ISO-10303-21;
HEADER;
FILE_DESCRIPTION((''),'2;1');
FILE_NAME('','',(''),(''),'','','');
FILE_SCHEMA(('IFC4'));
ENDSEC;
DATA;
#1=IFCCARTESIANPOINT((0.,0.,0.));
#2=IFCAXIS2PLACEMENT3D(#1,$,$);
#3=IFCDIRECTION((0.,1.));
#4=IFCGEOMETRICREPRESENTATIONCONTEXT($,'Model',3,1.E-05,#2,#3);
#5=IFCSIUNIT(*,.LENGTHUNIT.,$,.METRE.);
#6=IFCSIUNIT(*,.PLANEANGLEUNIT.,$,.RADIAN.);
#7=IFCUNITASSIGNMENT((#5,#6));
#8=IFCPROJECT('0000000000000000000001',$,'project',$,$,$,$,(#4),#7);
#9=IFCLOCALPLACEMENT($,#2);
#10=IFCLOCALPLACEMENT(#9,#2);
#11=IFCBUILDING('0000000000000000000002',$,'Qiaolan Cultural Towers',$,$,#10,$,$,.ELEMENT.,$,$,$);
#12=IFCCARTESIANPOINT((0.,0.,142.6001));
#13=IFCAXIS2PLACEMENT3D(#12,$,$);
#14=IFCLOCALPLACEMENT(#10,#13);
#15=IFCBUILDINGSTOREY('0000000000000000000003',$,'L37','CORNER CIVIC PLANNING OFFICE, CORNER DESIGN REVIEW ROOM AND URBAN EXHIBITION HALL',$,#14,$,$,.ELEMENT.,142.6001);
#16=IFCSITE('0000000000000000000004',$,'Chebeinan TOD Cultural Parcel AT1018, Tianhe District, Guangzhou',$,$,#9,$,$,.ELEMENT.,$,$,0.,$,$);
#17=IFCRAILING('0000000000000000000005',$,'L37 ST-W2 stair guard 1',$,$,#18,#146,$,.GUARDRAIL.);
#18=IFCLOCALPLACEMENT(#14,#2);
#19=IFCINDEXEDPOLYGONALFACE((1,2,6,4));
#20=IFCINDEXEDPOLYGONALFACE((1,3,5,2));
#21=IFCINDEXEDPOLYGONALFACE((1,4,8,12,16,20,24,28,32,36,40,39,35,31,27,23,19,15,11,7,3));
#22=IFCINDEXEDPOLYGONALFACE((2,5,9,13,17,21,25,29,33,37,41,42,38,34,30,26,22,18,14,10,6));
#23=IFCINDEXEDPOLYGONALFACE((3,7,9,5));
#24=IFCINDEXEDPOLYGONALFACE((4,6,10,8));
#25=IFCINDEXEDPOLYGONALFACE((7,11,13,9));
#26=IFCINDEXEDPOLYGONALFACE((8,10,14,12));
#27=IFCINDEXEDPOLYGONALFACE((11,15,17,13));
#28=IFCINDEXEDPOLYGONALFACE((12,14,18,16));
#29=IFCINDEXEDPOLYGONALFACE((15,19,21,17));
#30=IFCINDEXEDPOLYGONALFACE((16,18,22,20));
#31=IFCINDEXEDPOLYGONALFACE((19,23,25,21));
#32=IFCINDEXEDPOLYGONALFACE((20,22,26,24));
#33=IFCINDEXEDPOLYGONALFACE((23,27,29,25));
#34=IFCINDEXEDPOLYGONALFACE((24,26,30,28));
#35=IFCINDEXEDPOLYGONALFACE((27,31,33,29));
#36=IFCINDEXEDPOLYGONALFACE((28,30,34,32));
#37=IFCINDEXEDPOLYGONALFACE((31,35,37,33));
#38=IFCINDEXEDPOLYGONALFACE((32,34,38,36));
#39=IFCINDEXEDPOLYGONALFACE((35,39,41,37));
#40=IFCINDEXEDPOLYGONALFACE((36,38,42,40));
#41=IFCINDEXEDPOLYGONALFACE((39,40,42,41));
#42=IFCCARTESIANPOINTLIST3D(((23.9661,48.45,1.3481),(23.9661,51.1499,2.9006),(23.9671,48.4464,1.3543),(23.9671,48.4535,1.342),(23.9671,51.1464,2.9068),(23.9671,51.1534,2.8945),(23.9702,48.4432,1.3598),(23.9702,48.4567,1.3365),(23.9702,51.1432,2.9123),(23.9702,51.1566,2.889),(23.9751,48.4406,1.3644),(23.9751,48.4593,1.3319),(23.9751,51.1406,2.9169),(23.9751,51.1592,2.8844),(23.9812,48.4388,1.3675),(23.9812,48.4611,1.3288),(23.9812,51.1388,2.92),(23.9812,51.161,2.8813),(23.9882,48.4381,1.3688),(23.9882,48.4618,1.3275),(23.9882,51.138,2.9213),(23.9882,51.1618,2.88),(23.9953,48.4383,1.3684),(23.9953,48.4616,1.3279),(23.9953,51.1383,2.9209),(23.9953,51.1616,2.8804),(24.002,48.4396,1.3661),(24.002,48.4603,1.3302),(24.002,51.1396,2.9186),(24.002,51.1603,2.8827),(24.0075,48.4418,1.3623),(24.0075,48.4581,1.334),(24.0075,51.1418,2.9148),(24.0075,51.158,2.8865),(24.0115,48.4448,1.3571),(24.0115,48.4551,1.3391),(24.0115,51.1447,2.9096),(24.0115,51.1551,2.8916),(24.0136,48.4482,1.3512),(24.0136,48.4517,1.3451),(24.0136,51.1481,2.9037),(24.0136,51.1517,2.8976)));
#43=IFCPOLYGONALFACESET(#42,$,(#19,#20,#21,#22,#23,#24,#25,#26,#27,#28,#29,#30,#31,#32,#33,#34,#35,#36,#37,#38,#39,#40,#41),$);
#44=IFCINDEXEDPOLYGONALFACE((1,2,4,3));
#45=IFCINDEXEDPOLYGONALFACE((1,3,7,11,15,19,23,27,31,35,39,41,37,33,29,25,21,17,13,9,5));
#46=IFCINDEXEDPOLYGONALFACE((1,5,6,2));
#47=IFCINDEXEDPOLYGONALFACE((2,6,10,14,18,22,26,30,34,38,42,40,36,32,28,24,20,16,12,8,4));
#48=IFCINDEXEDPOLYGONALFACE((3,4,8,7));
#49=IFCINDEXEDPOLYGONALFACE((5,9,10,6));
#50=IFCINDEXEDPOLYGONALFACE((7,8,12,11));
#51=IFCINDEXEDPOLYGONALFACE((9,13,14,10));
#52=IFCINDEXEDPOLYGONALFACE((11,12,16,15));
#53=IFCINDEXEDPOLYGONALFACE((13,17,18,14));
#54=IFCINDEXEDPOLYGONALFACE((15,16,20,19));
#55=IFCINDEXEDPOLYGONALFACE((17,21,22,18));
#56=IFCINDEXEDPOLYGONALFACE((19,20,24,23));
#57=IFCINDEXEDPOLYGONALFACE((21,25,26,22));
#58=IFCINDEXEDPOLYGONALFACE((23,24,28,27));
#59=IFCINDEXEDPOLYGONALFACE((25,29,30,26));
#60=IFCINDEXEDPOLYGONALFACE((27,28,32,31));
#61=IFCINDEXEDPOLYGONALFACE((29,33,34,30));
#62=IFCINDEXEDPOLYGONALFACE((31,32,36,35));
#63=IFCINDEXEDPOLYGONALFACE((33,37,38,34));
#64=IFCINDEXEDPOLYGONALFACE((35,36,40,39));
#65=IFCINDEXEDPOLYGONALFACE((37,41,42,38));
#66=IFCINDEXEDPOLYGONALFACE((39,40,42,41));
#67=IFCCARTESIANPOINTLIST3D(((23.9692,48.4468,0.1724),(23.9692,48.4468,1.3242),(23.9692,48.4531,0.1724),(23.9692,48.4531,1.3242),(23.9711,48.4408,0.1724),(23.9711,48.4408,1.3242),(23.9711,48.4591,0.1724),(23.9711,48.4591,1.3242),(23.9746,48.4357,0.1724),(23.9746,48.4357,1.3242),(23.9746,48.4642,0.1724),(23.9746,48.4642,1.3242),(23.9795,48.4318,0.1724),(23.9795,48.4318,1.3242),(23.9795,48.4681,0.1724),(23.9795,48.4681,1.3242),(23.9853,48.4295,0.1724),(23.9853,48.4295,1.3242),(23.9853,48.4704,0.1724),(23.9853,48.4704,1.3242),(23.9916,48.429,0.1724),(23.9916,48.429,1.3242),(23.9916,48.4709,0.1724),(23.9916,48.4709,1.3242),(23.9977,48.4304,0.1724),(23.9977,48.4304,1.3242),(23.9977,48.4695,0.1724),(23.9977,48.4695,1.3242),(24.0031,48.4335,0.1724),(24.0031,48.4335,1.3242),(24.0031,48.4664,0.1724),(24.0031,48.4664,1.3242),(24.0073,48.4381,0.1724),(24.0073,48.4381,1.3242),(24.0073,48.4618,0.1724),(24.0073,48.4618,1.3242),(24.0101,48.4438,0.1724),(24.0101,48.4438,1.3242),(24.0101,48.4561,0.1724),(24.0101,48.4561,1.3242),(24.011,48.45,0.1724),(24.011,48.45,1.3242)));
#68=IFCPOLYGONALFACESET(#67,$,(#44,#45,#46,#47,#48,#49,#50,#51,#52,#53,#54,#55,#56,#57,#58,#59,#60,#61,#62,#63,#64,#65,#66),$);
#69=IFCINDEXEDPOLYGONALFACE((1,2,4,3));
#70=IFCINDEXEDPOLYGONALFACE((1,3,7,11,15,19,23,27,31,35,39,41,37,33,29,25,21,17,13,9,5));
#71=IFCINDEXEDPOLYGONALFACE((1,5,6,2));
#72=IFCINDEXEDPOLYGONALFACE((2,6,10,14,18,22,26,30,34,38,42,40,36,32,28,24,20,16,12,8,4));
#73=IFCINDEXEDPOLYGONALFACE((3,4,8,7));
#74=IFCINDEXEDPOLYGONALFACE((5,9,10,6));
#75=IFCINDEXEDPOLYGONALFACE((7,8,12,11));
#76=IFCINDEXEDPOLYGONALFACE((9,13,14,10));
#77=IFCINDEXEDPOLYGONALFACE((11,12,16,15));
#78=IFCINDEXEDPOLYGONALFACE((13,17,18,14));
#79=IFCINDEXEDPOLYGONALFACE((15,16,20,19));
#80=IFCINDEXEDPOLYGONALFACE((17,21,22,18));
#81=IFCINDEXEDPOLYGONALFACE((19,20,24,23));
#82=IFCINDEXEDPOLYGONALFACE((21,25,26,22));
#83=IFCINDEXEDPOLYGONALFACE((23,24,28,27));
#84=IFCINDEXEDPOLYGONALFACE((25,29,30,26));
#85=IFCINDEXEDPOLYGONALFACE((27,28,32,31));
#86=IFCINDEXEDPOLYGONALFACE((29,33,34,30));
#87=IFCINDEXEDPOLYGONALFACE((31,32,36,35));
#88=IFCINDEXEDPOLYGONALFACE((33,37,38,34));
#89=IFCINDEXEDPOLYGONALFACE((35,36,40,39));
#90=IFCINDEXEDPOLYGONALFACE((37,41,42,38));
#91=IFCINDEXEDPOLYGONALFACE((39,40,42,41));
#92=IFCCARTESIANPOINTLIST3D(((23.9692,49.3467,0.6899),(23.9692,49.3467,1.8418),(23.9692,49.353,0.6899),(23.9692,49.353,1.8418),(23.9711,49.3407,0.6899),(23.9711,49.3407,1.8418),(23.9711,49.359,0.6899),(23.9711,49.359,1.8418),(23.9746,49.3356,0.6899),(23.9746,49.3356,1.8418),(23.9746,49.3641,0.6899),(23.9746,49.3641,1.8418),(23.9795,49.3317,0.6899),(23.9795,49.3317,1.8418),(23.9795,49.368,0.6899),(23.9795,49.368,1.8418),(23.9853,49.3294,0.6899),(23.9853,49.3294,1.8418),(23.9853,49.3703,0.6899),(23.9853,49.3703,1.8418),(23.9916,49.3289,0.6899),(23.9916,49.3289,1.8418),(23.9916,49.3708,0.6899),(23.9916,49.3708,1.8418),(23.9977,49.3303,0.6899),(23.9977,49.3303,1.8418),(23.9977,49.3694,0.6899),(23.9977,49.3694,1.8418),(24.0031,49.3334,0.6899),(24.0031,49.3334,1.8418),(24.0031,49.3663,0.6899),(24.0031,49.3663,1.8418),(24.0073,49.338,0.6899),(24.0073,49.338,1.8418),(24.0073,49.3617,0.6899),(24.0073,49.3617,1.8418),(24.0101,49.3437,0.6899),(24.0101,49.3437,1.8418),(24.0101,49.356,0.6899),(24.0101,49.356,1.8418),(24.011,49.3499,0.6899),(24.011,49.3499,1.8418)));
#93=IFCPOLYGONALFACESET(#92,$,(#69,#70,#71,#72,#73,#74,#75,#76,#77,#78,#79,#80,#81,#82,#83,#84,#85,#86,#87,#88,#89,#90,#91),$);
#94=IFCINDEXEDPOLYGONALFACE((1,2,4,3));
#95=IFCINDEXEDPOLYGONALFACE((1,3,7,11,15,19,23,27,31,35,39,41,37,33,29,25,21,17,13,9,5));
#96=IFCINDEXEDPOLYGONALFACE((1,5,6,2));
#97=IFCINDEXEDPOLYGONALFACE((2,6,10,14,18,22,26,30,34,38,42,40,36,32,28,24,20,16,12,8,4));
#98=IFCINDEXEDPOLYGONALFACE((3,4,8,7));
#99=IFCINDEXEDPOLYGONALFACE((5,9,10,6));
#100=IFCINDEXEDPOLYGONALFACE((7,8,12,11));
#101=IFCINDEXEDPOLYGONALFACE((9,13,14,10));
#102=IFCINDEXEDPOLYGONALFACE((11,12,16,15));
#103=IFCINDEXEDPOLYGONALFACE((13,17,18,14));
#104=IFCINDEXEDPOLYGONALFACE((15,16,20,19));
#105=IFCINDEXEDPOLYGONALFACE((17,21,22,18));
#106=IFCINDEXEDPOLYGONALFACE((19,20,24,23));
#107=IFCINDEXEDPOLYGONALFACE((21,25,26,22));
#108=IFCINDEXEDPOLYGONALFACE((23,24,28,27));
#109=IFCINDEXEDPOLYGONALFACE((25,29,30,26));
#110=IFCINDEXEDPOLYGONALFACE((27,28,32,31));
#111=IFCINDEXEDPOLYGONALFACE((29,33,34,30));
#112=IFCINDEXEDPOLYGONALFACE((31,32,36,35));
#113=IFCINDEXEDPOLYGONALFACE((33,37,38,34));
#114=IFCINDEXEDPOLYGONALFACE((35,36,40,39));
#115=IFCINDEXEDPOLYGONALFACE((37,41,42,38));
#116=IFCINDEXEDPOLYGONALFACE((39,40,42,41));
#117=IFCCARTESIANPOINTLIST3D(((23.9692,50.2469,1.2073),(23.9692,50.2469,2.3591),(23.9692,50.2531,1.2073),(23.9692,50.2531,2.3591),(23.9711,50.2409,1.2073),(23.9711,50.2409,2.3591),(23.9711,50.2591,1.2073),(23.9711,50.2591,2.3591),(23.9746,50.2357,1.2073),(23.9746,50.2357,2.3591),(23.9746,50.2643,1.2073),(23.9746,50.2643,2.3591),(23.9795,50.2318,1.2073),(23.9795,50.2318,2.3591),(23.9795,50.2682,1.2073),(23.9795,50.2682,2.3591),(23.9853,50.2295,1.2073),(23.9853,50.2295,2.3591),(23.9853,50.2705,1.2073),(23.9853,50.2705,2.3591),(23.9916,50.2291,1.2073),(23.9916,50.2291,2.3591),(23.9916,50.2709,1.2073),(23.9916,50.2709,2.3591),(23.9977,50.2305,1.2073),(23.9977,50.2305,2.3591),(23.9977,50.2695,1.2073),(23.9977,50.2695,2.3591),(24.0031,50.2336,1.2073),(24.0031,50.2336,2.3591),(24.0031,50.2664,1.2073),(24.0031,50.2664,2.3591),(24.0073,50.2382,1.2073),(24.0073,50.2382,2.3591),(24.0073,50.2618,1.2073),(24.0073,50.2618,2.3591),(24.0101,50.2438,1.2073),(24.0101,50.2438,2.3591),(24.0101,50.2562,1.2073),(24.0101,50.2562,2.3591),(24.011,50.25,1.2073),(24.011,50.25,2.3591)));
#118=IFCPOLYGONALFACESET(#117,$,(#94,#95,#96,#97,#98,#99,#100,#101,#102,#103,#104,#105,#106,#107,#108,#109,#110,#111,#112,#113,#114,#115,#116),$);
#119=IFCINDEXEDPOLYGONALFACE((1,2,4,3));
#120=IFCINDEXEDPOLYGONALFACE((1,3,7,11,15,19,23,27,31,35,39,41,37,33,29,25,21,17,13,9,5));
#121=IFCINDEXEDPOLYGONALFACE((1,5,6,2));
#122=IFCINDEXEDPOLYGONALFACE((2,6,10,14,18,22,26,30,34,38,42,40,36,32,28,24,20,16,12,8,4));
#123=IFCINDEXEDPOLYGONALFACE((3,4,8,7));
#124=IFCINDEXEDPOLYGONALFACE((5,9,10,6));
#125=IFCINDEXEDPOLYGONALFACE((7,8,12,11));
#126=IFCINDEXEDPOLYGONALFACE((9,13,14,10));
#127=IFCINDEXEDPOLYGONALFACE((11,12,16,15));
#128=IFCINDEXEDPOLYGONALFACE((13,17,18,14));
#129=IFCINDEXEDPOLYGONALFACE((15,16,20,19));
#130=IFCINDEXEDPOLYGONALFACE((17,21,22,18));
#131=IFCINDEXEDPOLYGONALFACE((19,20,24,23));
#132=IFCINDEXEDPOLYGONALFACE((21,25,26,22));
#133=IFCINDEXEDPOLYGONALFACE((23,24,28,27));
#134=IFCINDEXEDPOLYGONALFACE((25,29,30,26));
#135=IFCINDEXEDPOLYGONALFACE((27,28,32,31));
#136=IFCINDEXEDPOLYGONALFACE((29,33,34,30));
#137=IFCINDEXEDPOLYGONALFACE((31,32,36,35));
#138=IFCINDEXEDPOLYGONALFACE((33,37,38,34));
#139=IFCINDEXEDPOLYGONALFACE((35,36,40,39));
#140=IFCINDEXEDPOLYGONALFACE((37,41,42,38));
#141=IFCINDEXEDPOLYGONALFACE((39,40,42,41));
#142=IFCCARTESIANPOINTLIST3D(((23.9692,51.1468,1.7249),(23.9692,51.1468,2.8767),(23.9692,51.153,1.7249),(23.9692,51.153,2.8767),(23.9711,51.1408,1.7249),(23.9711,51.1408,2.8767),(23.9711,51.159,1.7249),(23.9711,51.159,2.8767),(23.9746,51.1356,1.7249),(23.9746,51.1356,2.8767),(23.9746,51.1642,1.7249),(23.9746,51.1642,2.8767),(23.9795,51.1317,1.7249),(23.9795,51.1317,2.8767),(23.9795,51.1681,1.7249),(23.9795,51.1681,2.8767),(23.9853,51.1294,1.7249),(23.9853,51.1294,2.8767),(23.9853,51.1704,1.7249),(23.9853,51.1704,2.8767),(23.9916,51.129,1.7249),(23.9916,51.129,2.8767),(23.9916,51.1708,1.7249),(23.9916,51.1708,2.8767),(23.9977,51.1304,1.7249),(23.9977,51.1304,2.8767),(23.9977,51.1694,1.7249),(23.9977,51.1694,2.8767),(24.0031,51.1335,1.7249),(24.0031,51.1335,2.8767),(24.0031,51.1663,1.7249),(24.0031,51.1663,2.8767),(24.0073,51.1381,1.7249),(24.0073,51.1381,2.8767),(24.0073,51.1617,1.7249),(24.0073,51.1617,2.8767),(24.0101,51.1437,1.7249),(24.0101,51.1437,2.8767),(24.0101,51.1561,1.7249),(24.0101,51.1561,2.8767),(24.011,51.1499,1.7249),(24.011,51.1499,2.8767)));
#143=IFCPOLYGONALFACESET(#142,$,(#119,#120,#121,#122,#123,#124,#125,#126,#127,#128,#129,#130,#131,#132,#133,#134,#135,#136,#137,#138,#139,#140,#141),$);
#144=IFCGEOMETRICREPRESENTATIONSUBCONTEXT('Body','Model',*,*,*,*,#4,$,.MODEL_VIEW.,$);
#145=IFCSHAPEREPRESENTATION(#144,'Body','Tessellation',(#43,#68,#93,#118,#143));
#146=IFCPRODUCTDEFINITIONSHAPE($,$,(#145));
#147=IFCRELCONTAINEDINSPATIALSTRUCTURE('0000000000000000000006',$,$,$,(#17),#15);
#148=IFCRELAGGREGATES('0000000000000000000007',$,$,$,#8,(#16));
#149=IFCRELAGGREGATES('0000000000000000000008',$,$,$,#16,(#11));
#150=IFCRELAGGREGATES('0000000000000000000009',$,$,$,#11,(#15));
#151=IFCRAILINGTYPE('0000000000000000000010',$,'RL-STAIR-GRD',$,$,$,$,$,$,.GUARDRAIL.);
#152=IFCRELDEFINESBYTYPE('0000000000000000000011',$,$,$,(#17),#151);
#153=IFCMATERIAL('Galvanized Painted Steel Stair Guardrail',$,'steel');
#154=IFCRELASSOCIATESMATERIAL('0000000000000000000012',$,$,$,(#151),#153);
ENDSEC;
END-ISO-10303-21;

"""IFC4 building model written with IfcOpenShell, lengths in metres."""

from ifc_helpers import new_model, si_unit, direction, frame, origin, origin_2d, place, context, subcontext, project, spatial, circle, extrude, material, type_object, element, save


model = new_model("IFC4")

# Units and contexts
model_context = context("Model", 3, precision=1e-05, world=origin(), true_north=direction((0.0, 1.0)))
body_context = subcontext(model_context, "Body", "Model", "MODEL_VIEW")
ifc_project = project(units=[si_unit("LENGTHUNIT", "METRE"), si_unit("PLANEANGLEUNIT", "RADIAN")], contexts=[model_context])

# Site, building, storey
site_placement = place(None, origin())
site = spatial("IfcSite", under=ifc_project, at=site_placement, Name="Chebeinan TOD Cultural Parcel AT1018, Tianhe District, Guangzhou", CompositionType="ELEMENT", RefElevation=0.0)
building_placement = place(site_placement, origin())
building = spatial("IfcBuilding", under=site, at=building_placement, Name="Qiaolan Cultural Towers", CompositionType="ELEMENT")
storey_placement = place(building_placement, frame((0.0, 0.0, 142.6001)))
storey = spatial("IfcBuildingStorey", under=building, at=storey_placement, Name="L37", Description="CORNER CIVIC PLANNING OFFICE, CORNER DESIGN REVIEW ROOM AND URBAN EXHIBITION HALL", CompositionType="ELEMENT", Elevation=142.6001)

# Railing
ifc_material_1 = material(Name="Galvanized Painted Steel Stair Guardrail", Category="steel")
railing_type_1 = type_object("IfcRailingType", Name="RL-STAIR-GRD", PredefinedType="GUARDRAIL", material=ifc_material_1)
railing_1_placement = place(storey_placement, frame((23.99, 48.45, 0.1724)))
element("IfcRailing", 1, at=railing_1_placement, inside=storey, type_object=railing_type_1, Name="L37 ST-W2 stair guard 1", PredefinedType="GUARDRAIL", context=body_context, shape_type="SweptSolid", body=[
    extrude(circle(Radius=0.0239, at=origin_2d()), frame((0.0, 0.0, 1.1758), z_axis=(0.0, 0.866904, 0.498476), x_axis=(-1.0, 0.0, 0.0)), (0.0, 0.0, 1.0), 3.1145),
    extrude(circle(Radius=0.021, at=origin_2d()), origin(), (0.0, 0.0, 1.0), 1.1519),
    extrude(circle(Radius=0.021, at=origin_2d()), frame((0.0, 0.8999, 0.5176)), (0.0, 0.0, 1.0), 1.1519),
    extrude(circle(Radius=0.021, at=origin_2d()), frame((0.0, 1.8, 1.0349)), (0.0, 0.0, 1.0), 1.1519),
    extrude(circle(Radius=0.021, at=origin_2d()), frame((0.0, 2.7, 1.5525)), (0.0, 0.0, 1.0), 1.1519),
])

save(model, "model.ifc")
